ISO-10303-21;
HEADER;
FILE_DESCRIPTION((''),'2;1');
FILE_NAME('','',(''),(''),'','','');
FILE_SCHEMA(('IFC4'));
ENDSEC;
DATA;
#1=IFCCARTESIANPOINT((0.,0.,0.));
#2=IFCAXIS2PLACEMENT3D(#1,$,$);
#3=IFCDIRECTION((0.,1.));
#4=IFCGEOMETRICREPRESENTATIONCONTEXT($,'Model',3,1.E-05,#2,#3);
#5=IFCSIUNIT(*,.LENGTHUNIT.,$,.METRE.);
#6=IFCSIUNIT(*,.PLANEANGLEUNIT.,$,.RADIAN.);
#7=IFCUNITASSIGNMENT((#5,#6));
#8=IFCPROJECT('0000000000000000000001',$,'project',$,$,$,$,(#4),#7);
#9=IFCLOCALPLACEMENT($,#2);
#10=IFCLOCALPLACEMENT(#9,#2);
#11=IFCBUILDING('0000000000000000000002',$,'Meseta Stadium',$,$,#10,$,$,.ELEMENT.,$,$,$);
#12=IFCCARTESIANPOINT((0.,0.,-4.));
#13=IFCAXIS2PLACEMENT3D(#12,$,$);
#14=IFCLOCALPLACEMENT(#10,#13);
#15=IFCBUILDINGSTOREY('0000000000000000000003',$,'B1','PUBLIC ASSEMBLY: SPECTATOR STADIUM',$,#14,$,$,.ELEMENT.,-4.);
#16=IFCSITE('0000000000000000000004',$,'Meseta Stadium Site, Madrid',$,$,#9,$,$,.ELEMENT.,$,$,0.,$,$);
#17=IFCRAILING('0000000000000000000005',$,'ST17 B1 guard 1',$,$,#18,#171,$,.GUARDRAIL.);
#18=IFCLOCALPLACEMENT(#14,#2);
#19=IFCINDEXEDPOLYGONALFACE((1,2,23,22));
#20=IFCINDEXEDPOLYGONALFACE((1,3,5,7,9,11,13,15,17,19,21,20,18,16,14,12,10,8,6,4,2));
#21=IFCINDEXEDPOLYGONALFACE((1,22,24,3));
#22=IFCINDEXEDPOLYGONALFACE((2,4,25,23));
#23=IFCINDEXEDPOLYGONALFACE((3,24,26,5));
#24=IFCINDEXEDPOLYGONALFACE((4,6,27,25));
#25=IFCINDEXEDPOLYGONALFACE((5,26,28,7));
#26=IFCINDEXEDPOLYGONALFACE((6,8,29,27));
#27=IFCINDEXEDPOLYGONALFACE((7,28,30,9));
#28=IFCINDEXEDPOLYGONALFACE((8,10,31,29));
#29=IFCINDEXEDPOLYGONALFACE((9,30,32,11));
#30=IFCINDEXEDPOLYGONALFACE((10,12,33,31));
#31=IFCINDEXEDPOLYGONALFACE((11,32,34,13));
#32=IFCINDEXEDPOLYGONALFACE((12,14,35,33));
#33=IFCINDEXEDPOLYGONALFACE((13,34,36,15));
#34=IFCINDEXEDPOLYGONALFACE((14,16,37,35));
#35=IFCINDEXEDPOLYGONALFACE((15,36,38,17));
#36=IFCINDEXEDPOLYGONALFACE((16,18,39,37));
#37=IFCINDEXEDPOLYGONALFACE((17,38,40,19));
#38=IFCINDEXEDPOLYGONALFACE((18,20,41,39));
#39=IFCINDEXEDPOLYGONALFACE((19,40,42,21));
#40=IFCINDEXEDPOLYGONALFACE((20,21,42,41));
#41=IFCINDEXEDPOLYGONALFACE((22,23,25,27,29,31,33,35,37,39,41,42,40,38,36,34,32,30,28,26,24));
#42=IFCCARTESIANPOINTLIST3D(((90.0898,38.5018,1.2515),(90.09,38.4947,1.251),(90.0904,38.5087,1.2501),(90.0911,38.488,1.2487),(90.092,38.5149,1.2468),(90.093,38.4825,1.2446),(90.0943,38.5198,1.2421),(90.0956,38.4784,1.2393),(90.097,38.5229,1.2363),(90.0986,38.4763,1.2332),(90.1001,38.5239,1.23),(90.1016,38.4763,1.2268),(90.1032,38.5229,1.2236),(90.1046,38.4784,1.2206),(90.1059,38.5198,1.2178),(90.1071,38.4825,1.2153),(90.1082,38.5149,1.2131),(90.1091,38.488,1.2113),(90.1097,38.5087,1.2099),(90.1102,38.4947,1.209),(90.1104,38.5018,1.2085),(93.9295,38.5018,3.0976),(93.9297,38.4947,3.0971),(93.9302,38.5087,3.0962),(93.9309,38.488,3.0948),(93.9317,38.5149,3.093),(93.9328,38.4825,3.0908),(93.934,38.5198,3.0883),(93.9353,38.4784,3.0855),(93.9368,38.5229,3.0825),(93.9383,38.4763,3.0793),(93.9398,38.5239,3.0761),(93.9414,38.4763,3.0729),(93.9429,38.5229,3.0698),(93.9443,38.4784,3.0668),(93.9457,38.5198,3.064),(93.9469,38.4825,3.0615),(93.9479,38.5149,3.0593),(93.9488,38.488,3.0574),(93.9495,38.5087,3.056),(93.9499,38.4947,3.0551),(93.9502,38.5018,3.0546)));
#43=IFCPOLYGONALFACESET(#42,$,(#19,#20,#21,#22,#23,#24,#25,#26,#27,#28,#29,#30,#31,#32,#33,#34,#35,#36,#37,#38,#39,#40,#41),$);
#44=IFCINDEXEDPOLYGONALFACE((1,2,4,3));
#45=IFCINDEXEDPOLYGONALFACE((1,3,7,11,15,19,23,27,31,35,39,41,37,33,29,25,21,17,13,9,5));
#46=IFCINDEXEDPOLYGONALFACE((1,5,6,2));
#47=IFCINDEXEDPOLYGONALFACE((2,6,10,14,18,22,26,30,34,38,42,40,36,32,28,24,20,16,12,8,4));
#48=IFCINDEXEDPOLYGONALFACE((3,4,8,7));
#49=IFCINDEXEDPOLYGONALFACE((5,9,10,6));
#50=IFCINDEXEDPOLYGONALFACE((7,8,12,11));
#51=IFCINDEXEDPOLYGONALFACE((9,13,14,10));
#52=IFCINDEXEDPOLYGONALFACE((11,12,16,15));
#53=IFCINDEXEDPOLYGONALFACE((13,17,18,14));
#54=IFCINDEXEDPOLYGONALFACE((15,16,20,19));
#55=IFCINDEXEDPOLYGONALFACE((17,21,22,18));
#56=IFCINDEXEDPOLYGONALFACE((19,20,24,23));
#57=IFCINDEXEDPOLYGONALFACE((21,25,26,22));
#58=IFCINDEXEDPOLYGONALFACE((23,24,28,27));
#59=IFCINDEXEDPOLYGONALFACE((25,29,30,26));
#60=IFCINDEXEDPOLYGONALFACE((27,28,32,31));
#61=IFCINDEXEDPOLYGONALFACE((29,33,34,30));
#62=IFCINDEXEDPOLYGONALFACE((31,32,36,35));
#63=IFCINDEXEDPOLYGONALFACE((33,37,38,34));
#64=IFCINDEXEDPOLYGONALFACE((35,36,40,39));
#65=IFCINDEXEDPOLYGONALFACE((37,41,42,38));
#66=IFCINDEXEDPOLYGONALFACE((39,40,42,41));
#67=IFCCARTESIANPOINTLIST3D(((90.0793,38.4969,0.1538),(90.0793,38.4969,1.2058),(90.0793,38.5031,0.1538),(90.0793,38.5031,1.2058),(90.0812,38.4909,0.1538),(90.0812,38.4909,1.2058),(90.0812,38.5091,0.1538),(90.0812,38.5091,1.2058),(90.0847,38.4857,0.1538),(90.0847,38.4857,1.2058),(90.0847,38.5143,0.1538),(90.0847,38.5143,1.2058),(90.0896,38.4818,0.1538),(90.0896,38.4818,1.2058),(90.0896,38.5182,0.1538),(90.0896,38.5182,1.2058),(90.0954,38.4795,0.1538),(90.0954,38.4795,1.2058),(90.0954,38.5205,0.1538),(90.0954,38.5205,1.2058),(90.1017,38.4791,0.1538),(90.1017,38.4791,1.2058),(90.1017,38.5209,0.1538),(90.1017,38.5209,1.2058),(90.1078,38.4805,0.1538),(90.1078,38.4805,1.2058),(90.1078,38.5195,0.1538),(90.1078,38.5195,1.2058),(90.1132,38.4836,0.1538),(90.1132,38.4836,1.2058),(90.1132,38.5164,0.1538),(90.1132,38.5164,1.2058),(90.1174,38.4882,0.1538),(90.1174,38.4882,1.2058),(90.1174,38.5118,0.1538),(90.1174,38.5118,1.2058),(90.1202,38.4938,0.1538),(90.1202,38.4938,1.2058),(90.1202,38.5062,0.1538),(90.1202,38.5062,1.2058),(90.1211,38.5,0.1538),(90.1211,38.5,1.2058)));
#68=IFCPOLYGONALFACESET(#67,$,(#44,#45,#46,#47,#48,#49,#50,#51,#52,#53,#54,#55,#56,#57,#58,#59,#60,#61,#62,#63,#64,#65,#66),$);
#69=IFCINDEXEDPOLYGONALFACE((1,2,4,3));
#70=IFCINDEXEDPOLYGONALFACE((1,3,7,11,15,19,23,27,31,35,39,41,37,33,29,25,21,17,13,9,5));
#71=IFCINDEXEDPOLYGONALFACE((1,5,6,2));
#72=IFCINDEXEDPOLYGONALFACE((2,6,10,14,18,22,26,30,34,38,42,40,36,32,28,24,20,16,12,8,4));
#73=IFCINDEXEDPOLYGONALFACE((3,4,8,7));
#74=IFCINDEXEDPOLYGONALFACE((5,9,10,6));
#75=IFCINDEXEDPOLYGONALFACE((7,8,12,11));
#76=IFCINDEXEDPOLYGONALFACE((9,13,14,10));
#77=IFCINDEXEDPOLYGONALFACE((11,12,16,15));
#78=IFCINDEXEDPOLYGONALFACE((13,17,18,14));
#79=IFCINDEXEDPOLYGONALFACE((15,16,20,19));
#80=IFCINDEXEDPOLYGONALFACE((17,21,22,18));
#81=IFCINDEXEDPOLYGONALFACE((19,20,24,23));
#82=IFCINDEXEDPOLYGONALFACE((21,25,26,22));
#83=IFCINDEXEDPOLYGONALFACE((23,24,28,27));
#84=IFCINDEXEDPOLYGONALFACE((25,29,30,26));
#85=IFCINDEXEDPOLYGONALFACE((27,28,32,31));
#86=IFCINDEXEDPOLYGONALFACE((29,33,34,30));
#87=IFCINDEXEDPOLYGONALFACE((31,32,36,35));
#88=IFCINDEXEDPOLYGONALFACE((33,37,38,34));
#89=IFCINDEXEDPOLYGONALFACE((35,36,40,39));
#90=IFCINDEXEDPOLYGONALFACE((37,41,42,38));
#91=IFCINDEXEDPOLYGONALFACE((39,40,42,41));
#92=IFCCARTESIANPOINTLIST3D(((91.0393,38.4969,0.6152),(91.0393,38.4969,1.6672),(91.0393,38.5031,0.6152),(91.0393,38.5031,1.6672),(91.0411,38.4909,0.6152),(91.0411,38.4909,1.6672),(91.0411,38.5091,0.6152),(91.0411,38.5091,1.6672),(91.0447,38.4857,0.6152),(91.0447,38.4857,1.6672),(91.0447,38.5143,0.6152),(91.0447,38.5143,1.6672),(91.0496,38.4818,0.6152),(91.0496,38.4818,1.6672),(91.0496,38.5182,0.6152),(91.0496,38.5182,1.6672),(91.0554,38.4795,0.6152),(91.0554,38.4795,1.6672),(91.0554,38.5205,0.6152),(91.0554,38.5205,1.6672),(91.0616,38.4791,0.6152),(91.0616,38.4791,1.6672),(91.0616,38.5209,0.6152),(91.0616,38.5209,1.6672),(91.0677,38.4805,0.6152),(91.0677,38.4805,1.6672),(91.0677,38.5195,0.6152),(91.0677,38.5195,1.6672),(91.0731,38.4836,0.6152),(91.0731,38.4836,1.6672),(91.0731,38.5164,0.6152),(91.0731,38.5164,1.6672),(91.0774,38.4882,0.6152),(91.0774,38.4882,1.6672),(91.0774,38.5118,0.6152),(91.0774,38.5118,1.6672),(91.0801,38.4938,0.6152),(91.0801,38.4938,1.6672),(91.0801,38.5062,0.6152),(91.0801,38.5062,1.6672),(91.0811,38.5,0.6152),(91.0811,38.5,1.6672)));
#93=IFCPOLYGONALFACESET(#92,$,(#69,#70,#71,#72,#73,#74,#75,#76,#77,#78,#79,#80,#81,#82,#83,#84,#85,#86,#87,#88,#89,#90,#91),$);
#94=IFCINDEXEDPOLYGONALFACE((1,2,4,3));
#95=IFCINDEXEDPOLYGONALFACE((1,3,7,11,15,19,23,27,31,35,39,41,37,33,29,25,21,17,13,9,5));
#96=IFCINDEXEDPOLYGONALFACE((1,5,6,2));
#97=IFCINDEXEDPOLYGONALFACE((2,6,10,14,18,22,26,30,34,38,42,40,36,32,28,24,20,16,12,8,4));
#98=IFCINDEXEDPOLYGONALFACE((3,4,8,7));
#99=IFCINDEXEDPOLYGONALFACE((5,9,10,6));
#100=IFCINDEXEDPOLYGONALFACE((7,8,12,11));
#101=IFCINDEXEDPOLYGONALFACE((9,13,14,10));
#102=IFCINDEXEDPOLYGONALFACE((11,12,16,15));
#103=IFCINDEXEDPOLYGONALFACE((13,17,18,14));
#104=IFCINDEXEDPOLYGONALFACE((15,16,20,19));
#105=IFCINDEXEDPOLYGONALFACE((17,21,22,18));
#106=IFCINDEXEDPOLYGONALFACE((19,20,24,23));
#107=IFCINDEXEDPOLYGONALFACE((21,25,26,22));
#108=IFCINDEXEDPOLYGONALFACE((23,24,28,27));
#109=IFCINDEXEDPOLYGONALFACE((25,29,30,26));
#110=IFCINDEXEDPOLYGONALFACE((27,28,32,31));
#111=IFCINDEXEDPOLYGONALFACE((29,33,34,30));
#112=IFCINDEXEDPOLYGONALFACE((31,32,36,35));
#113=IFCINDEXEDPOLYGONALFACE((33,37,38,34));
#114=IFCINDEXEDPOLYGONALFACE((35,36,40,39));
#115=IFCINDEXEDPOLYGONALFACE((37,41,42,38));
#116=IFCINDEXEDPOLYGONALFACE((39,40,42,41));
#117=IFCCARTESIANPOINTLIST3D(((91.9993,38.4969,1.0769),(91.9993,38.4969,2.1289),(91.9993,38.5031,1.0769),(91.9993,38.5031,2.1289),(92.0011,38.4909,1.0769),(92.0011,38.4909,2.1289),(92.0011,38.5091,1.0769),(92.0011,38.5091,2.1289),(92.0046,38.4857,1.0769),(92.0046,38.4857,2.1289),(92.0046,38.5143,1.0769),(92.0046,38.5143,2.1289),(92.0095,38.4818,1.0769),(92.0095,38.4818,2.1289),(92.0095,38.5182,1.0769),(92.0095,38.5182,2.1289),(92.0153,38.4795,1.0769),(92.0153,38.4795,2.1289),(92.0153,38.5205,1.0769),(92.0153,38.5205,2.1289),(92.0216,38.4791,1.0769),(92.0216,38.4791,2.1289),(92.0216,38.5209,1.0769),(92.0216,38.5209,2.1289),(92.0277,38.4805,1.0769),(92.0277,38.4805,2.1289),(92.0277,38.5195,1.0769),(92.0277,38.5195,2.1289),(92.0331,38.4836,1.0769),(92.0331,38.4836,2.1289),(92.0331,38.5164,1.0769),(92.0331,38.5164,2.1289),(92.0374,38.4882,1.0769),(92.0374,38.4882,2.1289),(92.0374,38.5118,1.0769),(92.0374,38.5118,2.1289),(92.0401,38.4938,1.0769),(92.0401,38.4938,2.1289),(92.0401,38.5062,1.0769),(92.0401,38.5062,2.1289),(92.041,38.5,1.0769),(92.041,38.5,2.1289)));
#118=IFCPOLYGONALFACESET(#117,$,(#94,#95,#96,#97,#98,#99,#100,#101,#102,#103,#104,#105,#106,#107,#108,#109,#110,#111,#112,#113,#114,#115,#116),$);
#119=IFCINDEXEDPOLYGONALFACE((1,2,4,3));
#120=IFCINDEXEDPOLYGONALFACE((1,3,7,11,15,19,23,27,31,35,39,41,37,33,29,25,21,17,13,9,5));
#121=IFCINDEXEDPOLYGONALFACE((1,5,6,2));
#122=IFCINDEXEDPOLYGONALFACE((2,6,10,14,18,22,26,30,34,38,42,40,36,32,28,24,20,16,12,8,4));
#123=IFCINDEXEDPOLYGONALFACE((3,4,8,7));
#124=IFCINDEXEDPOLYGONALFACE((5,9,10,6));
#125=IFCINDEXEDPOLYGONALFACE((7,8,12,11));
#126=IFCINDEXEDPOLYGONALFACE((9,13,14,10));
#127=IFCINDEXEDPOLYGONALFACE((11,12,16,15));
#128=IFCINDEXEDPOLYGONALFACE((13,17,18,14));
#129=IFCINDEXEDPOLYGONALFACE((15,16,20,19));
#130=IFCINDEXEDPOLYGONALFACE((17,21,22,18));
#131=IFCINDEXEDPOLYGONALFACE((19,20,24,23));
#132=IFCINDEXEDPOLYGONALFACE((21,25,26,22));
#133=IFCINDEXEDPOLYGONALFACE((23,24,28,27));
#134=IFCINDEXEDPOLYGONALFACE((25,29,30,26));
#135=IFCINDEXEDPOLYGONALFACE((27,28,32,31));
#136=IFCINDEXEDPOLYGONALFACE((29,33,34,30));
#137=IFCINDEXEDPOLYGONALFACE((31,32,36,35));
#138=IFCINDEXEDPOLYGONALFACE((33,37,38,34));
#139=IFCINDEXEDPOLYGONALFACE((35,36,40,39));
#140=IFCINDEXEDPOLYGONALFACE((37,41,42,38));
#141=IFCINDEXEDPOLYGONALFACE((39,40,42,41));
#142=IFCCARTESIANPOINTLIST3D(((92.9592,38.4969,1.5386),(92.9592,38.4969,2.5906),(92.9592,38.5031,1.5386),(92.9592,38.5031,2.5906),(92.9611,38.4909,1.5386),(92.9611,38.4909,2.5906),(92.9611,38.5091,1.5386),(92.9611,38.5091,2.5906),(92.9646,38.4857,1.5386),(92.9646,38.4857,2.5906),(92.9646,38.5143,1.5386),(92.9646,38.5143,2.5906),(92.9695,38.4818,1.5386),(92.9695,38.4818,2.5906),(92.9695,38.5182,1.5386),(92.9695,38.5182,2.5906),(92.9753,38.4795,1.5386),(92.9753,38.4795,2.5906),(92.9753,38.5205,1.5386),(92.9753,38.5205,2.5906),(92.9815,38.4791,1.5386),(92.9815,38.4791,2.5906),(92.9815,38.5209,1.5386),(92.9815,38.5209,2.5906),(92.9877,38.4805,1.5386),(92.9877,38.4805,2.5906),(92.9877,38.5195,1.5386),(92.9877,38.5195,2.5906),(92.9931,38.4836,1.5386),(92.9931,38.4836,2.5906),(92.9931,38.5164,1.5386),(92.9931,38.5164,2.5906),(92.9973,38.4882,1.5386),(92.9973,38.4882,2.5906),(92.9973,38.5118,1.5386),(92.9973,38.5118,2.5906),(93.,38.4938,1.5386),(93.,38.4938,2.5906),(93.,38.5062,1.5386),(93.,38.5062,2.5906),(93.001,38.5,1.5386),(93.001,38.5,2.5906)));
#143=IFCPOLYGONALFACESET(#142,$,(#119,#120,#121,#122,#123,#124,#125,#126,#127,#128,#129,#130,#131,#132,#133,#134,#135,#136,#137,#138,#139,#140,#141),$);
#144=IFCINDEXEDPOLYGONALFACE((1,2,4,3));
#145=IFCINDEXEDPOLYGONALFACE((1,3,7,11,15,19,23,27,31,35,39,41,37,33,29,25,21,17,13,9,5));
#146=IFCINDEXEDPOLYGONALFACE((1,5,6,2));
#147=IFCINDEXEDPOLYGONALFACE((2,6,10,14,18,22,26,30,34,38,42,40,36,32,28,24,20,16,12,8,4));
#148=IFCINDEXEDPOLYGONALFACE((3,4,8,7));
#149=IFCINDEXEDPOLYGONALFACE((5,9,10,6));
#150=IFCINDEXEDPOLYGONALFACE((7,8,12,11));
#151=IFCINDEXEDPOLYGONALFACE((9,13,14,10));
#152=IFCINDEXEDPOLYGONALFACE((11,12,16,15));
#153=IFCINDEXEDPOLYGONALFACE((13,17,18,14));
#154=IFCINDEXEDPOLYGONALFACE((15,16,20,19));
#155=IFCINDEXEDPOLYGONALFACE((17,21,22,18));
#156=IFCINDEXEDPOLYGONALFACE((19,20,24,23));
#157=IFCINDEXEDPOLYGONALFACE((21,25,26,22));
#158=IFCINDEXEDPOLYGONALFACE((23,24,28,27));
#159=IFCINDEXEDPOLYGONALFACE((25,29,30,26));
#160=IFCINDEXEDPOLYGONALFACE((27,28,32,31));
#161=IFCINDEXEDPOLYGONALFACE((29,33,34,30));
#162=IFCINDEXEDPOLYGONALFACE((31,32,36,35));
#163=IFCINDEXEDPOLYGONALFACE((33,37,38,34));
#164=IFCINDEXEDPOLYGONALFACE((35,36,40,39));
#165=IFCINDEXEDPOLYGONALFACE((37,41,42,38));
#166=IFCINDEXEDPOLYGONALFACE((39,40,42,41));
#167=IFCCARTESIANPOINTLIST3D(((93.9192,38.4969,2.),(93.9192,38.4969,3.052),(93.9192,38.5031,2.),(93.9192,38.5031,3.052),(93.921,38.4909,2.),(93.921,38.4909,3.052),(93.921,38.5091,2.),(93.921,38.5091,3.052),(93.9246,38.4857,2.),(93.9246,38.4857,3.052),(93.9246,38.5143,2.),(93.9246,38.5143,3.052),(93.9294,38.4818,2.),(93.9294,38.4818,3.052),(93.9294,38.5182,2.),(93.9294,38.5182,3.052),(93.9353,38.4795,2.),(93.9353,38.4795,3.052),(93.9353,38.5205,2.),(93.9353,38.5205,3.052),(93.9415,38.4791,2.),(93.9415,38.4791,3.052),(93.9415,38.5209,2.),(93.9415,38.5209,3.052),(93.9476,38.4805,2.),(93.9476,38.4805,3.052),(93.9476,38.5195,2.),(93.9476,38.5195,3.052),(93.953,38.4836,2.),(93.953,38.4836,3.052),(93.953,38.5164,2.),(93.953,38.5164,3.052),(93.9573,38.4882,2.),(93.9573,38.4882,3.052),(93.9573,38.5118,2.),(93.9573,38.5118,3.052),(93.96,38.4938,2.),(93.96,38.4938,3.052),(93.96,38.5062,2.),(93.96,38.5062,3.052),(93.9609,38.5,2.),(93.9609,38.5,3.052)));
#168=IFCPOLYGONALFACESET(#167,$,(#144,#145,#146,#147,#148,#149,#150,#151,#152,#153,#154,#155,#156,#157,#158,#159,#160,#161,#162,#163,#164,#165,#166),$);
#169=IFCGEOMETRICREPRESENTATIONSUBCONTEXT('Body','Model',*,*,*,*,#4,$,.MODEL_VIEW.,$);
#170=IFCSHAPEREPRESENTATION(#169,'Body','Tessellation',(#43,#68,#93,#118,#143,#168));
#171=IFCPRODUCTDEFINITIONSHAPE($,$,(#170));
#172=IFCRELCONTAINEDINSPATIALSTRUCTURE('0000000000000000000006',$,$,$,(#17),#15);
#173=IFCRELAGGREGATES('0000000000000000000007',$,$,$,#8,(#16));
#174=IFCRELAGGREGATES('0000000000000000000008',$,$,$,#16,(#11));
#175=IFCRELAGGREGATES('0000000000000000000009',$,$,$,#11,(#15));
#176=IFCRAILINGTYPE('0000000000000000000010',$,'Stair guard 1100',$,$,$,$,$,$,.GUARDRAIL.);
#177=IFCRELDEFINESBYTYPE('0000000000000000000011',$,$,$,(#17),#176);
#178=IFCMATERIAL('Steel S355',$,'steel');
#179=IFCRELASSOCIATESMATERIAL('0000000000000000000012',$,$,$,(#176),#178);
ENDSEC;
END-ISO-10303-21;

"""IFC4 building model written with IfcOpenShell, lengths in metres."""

from ifc_helpers import new_model, si_unit, direction, frame, origin, origin_2d, place, context, subcontext, project, spatial, circle, extrude, material, type_object, element, save


model = new_model("IFC4")

# Units and contexts
model_context = context("Model", 3, precision=1e-05, world=origin(), true_north=direction((0.0, 1.0)))
body_context = subcontext(model_context, "Body", "Model", "MODEL_VIEW")
ifc_project = project(units=[si_unit("LENGTHUNIT", "METRE"), si_unit("PLANEANGLEUNIT", "RADIAN")], contexts=[model_context])

# Site, building, storey
site_placement = place(None, origin())
site = spatial("IfcSite", under=ifc_project, at=site_placement, Name="Meseta Stadium Site, Madrid", CompositionType="ELEMENT", RefElevation=0.0)
building_placement = place(site_placement, origin())
building = spatial("IfcBuilding", under=site, at=building_placement, Name="Meseta Stadium", CompositionType="ELEMENT")
storey_placement = place(building_placement, frame((0.0, 0.0, -4.0)))
storey = spatial("IfcBuildingStorey", under=building, at=storey_placement, Name="B1", Description="PUBLIC ASSEMBLY: SPECTATOR STADIUM", CompositionType="ELEMENT", Elevation=-4.0)

# Railing
ifc_material_1 = material(Name="Steel S355", Category="steel")
railing_type_1 = type_object("IfcRailingType", Name="Stair guard 1100", PredefinedType="GUARDRAIL", material=ifc_material_1)
railing_1_placement = place(storey_placement, frame((90.1001, 38.5, 0.1538)))
element("IfcRailing", 1, at=railing_1_placement, inside=storey, type_object=railing_type_1, Name="ST17 B1 guard 1", PredefinedType="GUARDRAIL", context=body_context, shape_type="SweptSolid", body=[
    extrude(circle(Radius=0.0239, at=origin_2d()), frame((0.0, 0.0, 1.0762), z_axis=(0.901242, 0.0, 0.433316), x_axis=(0.0, 1.0, 0.0)), (0.0, 0.0, 1.0), 4.2605),
    extrude(circle(Radius=0.021, at=origin_2d()), origin(), (0.0, 0.0, 1.0), 1.052),
    extrude(circle(Radius=0.021, at=origin_2d()), frame((0.96, 0.0, 0.4614)), (0.0, 0.0, 1.0), 1.052),
    extrude(circle(Radius=0.021, at=origin_2d()), frame((1.9199, 0.0, 0.9231)), (0.0, 0.0, 1.0), 1.052),
    extrude(circle(Radius=0.021, at=origin_2d()), frame((2.8799, 0.0, 1.3848)), (0.0, 0.0, 1.0), 1.052),
    extrude(circle(Radius=0.021, at=origin_2d()), frame((3.8398, 0.0, 1.8462)), (0.0, 0.0, 1.0), 1.052),
])

save(model, "model.ifc")
